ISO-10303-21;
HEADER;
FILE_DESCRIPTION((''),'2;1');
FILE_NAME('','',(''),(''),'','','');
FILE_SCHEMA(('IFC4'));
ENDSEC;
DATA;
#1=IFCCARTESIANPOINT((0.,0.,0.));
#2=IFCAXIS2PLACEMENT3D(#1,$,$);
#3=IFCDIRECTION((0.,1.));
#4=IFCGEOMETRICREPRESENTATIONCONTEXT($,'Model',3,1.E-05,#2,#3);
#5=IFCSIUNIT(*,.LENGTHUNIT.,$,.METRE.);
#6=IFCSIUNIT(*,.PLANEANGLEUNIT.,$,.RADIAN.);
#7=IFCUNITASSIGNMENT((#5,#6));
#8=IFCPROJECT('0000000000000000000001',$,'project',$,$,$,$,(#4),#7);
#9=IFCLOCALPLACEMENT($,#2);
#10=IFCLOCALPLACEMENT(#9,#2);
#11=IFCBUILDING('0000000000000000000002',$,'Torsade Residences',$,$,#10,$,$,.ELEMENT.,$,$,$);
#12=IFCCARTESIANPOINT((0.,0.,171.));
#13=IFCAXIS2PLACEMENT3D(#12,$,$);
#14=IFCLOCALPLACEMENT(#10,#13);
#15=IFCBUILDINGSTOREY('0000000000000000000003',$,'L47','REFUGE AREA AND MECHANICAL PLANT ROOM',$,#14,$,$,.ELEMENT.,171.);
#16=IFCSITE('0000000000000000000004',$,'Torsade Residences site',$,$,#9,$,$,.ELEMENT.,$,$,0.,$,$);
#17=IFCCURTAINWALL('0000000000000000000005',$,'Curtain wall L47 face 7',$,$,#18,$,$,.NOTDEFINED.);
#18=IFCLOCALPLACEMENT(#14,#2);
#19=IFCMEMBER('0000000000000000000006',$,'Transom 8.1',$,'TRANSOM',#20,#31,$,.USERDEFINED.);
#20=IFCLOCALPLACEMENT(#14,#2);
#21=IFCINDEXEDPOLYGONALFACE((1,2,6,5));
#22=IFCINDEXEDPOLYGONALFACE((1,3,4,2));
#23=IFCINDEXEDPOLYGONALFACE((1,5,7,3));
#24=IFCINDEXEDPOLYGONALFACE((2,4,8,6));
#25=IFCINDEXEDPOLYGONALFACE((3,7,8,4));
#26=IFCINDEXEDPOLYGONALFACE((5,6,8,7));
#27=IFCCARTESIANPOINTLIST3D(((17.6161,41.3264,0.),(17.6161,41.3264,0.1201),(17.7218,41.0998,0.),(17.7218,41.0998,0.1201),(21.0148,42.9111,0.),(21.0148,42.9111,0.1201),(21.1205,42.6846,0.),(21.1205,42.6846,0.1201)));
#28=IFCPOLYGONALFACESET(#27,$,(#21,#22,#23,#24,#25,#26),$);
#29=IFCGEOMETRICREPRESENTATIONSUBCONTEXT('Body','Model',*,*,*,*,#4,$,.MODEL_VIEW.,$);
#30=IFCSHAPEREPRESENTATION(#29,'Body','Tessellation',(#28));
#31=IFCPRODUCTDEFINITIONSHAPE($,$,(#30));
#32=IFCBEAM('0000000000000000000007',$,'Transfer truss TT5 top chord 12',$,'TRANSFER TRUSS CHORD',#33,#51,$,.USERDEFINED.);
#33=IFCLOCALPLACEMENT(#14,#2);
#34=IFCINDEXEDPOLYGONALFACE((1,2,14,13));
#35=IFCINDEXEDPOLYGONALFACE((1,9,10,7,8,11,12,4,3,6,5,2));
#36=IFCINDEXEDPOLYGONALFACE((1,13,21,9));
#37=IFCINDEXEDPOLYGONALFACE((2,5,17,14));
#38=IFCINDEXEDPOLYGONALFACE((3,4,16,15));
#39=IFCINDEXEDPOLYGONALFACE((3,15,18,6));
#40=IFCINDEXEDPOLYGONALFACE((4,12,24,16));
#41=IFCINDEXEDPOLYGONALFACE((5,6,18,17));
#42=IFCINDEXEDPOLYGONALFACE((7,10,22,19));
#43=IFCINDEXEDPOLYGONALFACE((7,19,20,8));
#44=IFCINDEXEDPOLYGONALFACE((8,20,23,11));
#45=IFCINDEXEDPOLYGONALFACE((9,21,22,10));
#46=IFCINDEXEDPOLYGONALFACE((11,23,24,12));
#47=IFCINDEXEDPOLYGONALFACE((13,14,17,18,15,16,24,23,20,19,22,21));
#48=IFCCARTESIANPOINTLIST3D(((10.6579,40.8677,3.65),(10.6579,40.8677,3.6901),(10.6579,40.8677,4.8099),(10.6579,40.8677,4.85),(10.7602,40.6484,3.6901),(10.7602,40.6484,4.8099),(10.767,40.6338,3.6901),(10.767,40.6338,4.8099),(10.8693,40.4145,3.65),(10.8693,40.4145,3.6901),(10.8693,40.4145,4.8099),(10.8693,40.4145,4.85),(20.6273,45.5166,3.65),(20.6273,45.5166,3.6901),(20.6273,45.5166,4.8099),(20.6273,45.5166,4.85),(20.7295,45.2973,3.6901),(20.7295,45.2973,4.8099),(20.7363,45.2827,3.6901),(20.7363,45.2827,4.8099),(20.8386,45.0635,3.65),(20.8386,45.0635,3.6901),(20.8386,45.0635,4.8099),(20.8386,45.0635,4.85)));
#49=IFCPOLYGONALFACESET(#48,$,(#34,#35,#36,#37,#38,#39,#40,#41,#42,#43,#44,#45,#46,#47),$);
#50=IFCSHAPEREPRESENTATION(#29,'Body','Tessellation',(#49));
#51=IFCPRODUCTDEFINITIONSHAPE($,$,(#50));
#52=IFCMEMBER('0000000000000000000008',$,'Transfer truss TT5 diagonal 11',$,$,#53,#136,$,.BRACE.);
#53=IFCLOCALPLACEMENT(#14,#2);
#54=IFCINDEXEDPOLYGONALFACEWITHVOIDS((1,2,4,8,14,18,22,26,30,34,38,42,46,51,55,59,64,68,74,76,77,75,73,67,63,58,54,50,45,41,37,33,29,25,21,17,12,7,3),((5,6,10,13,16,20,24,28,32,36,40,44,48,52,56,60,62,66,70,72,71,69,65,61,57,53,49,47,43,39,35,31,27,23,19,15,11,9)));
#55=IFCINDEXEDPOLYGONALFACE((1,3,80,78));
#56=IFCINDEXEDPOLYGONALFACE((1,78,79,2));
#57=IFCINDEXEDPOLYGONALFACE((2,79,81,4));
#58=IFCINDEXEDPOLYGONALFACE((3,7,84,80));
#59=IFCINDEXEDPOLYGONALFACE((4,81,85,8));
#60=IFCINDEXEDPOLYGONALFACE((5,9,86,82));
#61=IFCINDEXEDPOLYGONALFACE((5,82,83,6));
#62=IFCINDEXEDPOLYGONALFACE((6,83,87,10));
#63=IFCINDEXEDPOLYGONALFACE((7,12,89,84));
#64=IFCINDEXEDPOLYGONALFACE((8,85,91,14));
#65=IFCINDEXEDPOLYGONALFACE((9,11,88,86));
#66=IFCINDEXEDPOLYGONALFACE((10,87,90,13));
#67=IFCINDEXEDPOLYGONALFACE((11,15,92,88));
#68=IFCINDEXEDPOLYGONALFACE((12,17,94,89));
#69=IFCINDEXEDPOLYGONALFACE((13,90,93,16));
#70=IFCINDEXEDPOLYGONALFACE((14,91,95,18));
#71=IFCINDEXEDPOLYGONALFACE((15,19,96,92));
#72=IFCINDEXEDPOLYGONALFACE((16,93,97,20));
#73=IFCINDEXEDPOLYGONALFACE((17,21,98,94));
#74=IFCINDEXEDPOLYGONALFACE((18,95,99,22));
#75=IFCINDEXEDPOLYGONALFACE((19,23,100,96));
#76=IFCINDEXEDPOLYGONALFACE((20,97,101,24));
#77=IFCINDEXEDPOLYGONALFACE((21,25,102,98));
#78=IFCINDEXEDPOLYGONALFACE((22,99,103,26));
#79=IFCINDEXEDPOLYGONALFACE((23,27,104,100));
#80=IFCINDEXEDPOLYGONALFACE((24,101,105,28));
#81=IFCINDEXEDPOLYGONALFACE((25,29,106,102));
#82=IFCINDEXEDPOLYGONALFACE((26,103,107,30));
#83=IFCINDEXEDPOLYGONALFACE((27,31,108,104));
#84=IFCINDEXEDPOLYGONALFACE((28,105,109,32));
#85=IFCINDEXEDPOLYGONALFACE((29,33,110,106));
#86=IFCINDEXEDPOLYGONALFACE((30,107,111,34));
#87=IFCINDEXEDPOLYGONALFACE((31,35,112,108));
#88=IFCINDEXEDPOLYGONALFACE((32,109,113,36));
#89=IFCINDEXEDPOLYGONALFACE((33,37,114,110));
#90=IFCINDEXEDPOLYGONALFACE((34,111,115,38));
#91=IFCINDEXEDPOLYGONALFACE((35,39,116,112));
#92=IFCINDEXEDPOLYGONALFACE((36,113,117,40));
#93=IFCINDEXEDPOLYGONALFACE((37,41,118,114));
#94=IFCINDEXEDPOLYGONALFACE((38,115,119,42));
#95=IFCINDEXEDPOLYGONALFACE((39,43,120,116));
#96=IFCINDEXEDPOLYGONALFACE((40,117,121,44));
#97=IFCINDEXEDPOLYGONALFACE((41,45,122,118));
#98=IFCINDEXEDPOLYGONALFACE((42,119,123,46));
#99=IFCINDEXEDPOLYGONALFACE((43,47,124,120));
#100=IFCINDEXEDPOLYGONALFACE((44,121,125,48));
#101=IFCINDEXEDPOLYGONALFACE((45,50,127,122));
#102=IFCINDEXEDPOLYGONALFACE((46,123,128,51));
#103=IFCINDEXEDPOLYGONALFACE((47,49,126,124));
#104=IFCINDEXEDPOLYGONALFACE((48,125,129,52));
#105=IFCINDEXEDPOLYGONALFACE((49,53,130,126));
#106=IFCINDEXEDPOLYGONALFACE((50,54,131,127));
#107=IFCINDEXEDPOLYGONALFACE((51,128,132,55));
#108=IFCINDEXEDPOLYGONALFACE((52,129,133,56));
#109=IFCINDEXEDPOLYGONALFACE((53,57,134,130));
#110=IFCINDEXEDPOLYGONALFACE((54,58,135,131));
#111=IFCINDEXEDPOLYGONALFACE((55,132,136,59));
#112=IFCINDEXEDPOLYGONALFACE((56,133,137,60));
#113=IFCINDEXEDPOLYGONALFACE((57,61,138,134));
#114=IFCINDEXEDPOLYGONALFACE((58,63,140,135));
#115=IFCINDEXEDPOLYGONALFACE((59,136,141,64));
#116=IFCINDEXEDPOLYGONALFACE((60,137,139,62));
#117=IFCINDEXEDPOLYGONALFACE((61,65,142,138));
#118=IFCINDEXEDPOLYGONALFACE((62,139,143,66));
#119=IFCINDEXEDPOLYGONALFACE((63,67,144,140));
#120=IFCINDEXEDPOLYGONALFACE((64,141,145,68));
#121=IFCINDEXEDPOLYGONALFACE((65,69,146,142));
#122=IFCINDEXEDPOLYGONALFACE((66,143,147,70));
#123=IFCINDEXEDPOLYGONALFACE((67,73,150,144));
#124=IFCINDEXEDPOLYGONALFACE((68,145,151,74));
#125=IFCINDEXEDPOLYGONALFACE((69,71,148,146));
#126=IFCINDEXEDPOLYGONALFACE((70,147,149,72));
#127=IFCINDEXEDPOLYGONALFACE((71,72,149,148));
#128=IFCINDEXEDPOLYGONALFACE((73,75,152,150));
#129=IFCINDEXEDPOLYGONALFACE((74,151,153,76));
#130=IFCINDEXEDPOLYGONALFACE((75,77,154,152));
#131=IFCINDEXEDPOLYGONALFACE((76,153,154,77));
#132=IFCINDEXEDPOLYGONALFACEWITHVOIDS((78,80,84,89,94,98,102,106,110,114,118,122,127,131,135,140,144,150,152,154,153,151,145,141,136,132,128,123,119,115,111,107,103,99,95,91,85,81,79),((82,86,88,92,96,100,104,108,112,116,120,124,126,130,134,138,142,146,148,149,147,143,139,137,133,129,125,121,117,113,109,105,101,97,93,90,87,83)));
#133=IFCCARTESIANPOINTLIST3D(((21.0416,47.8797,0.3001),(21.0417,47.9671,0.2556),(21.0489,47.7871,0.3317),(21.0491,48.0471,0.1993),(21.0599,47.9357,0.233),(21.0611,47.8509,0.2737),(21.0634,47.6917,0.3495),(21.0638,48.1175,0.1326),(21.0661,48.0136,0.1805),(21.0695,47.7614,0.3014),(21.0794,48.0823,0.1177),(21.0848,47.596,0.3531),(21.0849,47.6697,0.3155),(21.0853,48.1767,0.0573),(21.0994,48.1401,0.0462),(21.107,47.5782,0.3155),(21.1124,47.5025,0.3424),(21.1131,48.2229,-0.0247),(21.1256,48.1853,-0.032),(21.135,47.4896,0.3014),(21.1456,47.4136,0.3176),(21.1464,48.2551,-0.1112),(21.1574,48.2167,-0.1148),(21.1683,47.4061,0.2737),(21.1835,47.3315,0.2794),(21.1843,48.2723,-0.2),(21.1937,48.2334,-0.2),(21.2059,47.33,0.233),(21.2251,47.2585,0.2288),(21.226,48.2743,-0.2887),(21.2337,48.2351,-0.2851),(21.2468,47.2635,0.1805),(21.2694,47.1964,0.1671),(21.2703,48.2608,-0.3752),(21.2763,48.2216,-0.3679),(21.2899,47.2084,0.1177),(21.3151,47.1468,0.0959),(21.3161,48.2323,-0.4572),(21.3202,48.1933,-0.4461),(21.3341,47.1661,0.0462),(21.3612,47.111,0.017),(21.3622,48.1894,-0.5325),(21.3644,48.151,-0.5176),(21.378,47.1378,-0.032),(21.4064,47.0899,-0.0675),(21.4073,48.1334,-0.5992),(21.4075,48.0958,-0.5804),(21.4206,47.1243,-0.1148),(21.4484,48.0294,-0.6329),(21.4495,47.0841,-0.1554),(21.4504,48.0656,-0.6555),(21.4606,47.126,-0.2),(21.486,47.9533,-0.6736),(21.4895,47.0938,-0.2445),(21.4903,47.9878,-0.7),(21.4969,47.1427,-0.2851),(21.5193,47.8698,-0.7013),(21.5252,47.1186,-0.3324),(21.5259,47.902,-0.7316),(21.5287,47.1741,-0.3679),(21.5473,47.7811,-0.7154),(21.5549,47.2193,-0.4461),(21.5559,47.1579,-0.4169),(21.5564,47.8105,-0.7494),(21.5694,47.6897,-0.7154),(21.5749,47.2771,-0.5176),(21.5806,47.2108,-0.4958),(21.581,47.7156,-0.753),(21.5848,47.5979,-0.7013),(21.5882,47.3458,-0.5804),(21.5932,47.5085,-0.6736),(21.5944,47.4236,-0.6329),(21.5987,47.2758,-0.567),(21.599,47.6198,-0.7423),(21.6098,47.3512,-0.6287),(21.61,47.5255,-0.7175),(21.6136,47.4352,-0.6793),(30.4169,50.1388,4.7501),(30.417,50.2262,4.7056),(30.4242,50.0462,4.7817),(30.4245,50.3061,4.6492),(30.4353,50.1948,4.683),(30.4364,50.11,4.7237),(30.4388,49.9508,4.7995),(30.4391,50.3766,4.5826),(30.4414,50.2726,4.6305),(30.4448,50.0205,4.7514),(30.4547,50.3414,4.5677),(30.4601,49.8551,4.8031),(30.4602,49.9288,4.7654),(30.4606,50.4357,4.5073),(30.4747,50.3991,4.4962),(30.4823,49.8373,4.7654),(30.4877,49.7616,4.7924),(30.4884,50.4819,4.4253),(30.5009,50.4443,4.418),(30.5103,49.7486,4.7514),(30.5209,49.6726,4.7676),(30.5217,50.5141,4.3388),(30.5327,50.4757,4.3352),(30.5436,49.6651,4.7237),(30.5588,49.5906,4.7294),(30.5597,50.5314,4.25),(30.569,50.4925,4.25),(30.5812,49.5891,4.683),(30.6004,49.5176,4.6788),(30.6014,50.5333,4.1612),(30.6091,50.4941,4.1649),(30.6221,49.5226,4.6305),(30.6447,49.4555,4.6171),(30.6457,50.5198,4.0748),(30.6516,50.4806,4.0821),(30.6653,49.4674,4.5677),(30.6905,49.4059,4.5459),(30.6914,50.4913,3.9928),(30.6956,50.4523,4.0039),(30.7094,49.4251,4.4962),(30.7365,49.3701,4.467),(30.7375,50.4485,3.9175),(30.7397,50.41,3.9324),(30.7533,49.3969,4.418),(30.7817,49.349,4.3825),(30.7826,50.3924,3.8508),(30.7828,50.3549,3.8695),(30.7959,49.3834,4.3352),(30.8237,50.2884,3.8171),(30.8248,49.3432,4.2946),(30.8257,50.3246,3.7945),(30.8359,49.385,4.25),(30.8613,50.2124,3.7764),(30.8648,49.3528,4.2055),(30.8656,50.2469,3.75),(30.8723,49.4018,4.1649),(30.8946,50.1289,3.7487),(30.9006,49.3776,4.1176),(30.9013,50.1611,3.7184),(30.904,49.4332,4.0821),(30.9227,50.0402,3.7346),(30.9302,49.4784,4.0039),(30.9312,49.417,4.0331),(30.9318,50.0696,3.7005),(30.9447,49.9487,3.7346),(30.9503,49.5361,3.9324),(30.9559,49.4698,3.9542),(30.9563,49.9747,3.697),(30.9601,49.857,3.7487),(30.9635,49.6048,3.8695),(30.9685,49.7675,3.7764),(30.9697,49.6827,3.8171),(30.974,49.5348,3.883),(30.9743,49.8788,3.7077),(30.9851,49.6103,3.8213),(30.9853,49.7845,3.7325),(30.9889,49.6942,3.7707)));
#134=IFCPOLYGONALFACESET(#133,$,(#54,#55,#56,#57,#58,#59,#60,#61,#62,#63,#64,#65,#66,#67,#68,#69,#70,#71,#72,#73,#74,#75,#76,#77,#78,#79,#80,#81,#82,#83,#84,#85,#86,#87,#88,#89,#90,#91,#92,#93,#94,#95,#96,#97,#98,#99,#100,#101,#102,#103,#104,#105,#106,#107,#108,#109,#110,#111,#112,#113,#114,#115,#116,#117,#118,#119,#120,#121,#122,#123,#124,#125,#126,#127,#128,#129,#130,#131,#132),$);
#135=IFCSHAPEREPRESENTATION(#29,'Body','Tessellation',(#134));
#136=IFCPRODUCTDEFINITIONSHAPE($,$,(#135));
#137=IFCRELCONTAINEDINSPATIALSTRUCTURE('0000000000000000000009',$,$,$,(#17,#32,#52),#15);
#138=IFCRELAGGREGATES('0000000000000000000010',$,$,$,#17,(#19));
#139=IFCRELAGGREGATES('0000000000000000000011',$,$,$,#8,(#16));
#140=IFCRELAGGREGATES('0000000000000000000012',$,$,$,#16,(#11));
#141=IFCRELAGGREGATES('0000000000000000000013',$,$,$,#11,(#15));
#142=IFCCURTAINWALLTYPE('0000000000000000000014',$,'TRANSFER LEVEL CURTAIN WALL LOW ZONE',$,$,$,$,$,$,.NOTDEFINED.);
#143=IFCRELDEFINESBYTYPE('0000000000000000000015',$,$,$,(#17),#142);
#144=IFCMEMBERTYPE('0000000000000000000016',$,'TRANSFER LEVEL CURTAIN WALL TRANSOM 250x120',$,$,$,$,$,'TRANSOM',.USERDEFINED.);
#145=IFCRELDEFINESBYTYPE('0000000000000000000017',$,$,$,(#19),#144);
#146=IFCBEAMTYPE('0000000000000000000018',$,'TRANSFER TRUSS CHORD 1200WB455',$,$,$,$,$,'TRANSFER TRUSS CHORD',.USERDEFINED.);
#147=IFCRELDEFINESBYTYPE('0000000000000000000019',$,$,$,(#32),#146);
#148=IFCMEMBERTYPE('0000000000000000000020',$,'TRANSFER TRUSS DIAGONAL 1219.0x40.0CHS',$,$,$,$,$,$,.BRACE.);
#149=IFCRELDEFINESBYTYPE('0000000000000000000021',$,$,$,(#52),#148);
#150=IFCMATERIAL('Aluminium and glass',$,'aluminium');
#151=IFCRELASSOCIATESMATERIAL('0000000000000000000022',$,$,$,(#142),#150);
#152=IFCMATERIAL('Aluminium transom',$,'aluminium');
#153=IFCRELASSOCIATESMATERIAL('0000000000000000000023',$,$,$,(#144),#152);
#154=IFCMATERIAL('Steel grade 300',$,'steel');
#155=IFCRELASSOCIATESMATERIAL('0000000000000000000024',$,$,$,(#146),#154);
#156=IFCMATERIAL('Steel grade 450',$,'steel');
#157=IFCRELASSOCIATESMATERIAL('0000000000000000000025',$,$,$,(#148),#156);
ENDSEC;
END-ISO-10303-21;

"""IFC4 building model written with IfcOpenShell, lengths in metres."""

from ifc_helpers import new_model, si_unit, direction, frame, origin, origin_2d, place, context, subcontext, project, spatial, rectangle, hollow_circle, i_section, extrude, material, material_profile, profile_set, type_object, element, aggregate, save


model = new_model("IFC4")

# Units and contexts
model_context = context("Model", 3, precision=1e-05, world=origin(), true_north=direction((0.0, 1.0)))
body_context = subcontext(model_context, "Body", "Model", "MODEL_VIEW")
ifc_project = project(units=[si_unit("LENGTHUNIT", "METRE"), si_unit("PLANEANGLEUNIT", "RADIAN")], contexts=[model_context])

# Site, building, storey
site_placement = place(None, origin())
site = spatial("IfcSite", under=ifc_project, at=site_placement, Name="Torsade Residences site", CompositionType="ELEMENT", RefElevation=0.0)
building_placement = place(site_placement, origin())
building = spatial("IfcBuilding", under=site, at=building_placement, Name="Torsade Residences", CompositionType="ELEMENT")
storey_placement = place(building_placement, frame((0.0, 0.0, 171.0)))
storey = spatial("IfcBuildingStorey", under=building, at=storey_placement, Name="L47", Description="REFUGE AREA AND MECHANICAL PLANT ROOM", CompositionType="ELEMENT", Elevation=171.0)

# Curtain wall, member
ifc_material_1 = material(Name="Aluminium and glass", Category="aluminium")
curtain_wall_type = type_object("IfcCurtainWallType", Name="TRANSFER LEVEL CURTAIN WALL LOW ZONE", PredefinedType="NOTDEFINED", material=ifc_material_1)
curtain_wall_placement = place(storey_placement, origin())
curtain_wall = element("IfcCurtainWall", 1, at=curtain_wall_placement, inside=storey, type_object=curtain_wall_type, Name="Curtain wall L47 face 7", PredefinedType="NOTDEFINED")
ifc_material_2 = material(Name="Aluminium transom", Category="aluminium")
ifc_material_profile_1 = material_profile(ifc_material_2, rectangle(XDim=0.25, YDim=0.1201, at=origin_2d()), Name="TRANSFER LEVEL CURTAIN WALL TRANSOM 250x120")
ifc_profile_set_1 = profile_set([ifc_material_profile_1], Name="Aluminium transom")
member_type_1 = type_object("IfcMemberType", Name="TRANSFER LEVEL CURTAIN WALL TRANSOM 250x120", ElementType="TRANSOM", PredefinedType="USERDEFINED", material=ifc_profile_set_1)
member_1_placement = place(storey_placement, frame((21.0676, 42.7979, 0.0601), z_axis=(-0.906319, -0.422593, 0.0), x_axis=(0.422593, -0.906319, 0.0)))
member_1 = element("IfcMember", 2, at=member_1_placement, type_object=member_type_1, Name="Transom 8.1", ObjectType="TRANSOM", PredefinedType="USERDEFINED", context=body_context, shape_type="SweptSolid", body=[
    extrude(rectangle(XDim=0.25, YDim=0.1201, at=origin_2d()), origin(), (0.0, 0.0, 1.0), 3.75),
])

# Beam
ifc_material_3 = material(Name="Steel grade 300", Category="steel")
ifc_material_profile_2 = material_profile(ifc_material_3, i_section(OverallWidth=0.5, OverallDepth=1.2, WebThickness=0.0161, FlangeThickness=0.04, at=origin_2d()), Name="1200WB455")
ifc_profile_set_2 = profile_set([ifc_material_profile_2], Name="Steel grade 300")
beam_type_1 = type_object("IfcBeamType", Name="TRANSFER TRUSS CHORD 1200WB455", ElementType="TRANSFER TRUSS CHORD", PredefinedType="USERDEFINED", material=ifc_profile_set_2)
beam_1_placement = place(storey_placement, frame((20.7329, 45.29, 4.25), z_axis=(-0.906301, -0.422633, 0.0), x_axis=(0.422633, -0.906301, 0.0)))
element("IfcBeam", 3, at=beam_1_placement, inside=storey, type_object=beam_type_1, Name="Transfer truss TT5 top chord 12", ObjectType="TRANSFER TRUSS CHORD", PredefinedType="USERDEFINED", context=body_context, shape_type="SweptSolid", body=[
    extrude(i_section(OverallWidth=0.5, OverallDepth=1.2, WebThickness=0.0161, FlangeThickness=0.04, at=origin_2d()), origin(), (0.0, 0.0, 1.0), 11.0),
])

# Member
ifc_material_4 = material(Name="Steel grade 450", Category="steel")
ifc_material_profile_3 = material_profile(ifc_material_4, hollow_circle(Radius=0.6096, WallThickness=0.04, at=origin_2d()), Name="1219.0x40.0CHS")
ifc_profile_set_3 = profile_set([ifc_material_profile_3], Name="Steel grade 450")
member_type_2 = type_object("IfcMemberType", Name="TRANSFER TRUSS DIAGONAL 1219.0x40.0CHS", PredefinedType="BRACE", material=ifc_profile_set_3)
member_2_placement = place(storey_placement, frame((21.3271, 47.6797, -0.2), z_axis=(0.882728, 0.2127, 0.418986), x_axis=(-0.234253, 0.972176, 0.0)))
element("IfcMember", 4, at=member_2_placement, inside=storey, type_object=member_type_2, Name="Transfer truss TT5 diagonal 11", PredefinedType="BRACE", context=body_context, shape_type="SweptSolid", body=[
    extrude(hollow_circle(Radius=0.6096, WallThickness=0.04, at=origin_2d()), origin(), (0.0, 0.0, 1.0), 10.6208),
])

aggregate(curtain_wall, [member_1])

save(model, "model.ifc")
